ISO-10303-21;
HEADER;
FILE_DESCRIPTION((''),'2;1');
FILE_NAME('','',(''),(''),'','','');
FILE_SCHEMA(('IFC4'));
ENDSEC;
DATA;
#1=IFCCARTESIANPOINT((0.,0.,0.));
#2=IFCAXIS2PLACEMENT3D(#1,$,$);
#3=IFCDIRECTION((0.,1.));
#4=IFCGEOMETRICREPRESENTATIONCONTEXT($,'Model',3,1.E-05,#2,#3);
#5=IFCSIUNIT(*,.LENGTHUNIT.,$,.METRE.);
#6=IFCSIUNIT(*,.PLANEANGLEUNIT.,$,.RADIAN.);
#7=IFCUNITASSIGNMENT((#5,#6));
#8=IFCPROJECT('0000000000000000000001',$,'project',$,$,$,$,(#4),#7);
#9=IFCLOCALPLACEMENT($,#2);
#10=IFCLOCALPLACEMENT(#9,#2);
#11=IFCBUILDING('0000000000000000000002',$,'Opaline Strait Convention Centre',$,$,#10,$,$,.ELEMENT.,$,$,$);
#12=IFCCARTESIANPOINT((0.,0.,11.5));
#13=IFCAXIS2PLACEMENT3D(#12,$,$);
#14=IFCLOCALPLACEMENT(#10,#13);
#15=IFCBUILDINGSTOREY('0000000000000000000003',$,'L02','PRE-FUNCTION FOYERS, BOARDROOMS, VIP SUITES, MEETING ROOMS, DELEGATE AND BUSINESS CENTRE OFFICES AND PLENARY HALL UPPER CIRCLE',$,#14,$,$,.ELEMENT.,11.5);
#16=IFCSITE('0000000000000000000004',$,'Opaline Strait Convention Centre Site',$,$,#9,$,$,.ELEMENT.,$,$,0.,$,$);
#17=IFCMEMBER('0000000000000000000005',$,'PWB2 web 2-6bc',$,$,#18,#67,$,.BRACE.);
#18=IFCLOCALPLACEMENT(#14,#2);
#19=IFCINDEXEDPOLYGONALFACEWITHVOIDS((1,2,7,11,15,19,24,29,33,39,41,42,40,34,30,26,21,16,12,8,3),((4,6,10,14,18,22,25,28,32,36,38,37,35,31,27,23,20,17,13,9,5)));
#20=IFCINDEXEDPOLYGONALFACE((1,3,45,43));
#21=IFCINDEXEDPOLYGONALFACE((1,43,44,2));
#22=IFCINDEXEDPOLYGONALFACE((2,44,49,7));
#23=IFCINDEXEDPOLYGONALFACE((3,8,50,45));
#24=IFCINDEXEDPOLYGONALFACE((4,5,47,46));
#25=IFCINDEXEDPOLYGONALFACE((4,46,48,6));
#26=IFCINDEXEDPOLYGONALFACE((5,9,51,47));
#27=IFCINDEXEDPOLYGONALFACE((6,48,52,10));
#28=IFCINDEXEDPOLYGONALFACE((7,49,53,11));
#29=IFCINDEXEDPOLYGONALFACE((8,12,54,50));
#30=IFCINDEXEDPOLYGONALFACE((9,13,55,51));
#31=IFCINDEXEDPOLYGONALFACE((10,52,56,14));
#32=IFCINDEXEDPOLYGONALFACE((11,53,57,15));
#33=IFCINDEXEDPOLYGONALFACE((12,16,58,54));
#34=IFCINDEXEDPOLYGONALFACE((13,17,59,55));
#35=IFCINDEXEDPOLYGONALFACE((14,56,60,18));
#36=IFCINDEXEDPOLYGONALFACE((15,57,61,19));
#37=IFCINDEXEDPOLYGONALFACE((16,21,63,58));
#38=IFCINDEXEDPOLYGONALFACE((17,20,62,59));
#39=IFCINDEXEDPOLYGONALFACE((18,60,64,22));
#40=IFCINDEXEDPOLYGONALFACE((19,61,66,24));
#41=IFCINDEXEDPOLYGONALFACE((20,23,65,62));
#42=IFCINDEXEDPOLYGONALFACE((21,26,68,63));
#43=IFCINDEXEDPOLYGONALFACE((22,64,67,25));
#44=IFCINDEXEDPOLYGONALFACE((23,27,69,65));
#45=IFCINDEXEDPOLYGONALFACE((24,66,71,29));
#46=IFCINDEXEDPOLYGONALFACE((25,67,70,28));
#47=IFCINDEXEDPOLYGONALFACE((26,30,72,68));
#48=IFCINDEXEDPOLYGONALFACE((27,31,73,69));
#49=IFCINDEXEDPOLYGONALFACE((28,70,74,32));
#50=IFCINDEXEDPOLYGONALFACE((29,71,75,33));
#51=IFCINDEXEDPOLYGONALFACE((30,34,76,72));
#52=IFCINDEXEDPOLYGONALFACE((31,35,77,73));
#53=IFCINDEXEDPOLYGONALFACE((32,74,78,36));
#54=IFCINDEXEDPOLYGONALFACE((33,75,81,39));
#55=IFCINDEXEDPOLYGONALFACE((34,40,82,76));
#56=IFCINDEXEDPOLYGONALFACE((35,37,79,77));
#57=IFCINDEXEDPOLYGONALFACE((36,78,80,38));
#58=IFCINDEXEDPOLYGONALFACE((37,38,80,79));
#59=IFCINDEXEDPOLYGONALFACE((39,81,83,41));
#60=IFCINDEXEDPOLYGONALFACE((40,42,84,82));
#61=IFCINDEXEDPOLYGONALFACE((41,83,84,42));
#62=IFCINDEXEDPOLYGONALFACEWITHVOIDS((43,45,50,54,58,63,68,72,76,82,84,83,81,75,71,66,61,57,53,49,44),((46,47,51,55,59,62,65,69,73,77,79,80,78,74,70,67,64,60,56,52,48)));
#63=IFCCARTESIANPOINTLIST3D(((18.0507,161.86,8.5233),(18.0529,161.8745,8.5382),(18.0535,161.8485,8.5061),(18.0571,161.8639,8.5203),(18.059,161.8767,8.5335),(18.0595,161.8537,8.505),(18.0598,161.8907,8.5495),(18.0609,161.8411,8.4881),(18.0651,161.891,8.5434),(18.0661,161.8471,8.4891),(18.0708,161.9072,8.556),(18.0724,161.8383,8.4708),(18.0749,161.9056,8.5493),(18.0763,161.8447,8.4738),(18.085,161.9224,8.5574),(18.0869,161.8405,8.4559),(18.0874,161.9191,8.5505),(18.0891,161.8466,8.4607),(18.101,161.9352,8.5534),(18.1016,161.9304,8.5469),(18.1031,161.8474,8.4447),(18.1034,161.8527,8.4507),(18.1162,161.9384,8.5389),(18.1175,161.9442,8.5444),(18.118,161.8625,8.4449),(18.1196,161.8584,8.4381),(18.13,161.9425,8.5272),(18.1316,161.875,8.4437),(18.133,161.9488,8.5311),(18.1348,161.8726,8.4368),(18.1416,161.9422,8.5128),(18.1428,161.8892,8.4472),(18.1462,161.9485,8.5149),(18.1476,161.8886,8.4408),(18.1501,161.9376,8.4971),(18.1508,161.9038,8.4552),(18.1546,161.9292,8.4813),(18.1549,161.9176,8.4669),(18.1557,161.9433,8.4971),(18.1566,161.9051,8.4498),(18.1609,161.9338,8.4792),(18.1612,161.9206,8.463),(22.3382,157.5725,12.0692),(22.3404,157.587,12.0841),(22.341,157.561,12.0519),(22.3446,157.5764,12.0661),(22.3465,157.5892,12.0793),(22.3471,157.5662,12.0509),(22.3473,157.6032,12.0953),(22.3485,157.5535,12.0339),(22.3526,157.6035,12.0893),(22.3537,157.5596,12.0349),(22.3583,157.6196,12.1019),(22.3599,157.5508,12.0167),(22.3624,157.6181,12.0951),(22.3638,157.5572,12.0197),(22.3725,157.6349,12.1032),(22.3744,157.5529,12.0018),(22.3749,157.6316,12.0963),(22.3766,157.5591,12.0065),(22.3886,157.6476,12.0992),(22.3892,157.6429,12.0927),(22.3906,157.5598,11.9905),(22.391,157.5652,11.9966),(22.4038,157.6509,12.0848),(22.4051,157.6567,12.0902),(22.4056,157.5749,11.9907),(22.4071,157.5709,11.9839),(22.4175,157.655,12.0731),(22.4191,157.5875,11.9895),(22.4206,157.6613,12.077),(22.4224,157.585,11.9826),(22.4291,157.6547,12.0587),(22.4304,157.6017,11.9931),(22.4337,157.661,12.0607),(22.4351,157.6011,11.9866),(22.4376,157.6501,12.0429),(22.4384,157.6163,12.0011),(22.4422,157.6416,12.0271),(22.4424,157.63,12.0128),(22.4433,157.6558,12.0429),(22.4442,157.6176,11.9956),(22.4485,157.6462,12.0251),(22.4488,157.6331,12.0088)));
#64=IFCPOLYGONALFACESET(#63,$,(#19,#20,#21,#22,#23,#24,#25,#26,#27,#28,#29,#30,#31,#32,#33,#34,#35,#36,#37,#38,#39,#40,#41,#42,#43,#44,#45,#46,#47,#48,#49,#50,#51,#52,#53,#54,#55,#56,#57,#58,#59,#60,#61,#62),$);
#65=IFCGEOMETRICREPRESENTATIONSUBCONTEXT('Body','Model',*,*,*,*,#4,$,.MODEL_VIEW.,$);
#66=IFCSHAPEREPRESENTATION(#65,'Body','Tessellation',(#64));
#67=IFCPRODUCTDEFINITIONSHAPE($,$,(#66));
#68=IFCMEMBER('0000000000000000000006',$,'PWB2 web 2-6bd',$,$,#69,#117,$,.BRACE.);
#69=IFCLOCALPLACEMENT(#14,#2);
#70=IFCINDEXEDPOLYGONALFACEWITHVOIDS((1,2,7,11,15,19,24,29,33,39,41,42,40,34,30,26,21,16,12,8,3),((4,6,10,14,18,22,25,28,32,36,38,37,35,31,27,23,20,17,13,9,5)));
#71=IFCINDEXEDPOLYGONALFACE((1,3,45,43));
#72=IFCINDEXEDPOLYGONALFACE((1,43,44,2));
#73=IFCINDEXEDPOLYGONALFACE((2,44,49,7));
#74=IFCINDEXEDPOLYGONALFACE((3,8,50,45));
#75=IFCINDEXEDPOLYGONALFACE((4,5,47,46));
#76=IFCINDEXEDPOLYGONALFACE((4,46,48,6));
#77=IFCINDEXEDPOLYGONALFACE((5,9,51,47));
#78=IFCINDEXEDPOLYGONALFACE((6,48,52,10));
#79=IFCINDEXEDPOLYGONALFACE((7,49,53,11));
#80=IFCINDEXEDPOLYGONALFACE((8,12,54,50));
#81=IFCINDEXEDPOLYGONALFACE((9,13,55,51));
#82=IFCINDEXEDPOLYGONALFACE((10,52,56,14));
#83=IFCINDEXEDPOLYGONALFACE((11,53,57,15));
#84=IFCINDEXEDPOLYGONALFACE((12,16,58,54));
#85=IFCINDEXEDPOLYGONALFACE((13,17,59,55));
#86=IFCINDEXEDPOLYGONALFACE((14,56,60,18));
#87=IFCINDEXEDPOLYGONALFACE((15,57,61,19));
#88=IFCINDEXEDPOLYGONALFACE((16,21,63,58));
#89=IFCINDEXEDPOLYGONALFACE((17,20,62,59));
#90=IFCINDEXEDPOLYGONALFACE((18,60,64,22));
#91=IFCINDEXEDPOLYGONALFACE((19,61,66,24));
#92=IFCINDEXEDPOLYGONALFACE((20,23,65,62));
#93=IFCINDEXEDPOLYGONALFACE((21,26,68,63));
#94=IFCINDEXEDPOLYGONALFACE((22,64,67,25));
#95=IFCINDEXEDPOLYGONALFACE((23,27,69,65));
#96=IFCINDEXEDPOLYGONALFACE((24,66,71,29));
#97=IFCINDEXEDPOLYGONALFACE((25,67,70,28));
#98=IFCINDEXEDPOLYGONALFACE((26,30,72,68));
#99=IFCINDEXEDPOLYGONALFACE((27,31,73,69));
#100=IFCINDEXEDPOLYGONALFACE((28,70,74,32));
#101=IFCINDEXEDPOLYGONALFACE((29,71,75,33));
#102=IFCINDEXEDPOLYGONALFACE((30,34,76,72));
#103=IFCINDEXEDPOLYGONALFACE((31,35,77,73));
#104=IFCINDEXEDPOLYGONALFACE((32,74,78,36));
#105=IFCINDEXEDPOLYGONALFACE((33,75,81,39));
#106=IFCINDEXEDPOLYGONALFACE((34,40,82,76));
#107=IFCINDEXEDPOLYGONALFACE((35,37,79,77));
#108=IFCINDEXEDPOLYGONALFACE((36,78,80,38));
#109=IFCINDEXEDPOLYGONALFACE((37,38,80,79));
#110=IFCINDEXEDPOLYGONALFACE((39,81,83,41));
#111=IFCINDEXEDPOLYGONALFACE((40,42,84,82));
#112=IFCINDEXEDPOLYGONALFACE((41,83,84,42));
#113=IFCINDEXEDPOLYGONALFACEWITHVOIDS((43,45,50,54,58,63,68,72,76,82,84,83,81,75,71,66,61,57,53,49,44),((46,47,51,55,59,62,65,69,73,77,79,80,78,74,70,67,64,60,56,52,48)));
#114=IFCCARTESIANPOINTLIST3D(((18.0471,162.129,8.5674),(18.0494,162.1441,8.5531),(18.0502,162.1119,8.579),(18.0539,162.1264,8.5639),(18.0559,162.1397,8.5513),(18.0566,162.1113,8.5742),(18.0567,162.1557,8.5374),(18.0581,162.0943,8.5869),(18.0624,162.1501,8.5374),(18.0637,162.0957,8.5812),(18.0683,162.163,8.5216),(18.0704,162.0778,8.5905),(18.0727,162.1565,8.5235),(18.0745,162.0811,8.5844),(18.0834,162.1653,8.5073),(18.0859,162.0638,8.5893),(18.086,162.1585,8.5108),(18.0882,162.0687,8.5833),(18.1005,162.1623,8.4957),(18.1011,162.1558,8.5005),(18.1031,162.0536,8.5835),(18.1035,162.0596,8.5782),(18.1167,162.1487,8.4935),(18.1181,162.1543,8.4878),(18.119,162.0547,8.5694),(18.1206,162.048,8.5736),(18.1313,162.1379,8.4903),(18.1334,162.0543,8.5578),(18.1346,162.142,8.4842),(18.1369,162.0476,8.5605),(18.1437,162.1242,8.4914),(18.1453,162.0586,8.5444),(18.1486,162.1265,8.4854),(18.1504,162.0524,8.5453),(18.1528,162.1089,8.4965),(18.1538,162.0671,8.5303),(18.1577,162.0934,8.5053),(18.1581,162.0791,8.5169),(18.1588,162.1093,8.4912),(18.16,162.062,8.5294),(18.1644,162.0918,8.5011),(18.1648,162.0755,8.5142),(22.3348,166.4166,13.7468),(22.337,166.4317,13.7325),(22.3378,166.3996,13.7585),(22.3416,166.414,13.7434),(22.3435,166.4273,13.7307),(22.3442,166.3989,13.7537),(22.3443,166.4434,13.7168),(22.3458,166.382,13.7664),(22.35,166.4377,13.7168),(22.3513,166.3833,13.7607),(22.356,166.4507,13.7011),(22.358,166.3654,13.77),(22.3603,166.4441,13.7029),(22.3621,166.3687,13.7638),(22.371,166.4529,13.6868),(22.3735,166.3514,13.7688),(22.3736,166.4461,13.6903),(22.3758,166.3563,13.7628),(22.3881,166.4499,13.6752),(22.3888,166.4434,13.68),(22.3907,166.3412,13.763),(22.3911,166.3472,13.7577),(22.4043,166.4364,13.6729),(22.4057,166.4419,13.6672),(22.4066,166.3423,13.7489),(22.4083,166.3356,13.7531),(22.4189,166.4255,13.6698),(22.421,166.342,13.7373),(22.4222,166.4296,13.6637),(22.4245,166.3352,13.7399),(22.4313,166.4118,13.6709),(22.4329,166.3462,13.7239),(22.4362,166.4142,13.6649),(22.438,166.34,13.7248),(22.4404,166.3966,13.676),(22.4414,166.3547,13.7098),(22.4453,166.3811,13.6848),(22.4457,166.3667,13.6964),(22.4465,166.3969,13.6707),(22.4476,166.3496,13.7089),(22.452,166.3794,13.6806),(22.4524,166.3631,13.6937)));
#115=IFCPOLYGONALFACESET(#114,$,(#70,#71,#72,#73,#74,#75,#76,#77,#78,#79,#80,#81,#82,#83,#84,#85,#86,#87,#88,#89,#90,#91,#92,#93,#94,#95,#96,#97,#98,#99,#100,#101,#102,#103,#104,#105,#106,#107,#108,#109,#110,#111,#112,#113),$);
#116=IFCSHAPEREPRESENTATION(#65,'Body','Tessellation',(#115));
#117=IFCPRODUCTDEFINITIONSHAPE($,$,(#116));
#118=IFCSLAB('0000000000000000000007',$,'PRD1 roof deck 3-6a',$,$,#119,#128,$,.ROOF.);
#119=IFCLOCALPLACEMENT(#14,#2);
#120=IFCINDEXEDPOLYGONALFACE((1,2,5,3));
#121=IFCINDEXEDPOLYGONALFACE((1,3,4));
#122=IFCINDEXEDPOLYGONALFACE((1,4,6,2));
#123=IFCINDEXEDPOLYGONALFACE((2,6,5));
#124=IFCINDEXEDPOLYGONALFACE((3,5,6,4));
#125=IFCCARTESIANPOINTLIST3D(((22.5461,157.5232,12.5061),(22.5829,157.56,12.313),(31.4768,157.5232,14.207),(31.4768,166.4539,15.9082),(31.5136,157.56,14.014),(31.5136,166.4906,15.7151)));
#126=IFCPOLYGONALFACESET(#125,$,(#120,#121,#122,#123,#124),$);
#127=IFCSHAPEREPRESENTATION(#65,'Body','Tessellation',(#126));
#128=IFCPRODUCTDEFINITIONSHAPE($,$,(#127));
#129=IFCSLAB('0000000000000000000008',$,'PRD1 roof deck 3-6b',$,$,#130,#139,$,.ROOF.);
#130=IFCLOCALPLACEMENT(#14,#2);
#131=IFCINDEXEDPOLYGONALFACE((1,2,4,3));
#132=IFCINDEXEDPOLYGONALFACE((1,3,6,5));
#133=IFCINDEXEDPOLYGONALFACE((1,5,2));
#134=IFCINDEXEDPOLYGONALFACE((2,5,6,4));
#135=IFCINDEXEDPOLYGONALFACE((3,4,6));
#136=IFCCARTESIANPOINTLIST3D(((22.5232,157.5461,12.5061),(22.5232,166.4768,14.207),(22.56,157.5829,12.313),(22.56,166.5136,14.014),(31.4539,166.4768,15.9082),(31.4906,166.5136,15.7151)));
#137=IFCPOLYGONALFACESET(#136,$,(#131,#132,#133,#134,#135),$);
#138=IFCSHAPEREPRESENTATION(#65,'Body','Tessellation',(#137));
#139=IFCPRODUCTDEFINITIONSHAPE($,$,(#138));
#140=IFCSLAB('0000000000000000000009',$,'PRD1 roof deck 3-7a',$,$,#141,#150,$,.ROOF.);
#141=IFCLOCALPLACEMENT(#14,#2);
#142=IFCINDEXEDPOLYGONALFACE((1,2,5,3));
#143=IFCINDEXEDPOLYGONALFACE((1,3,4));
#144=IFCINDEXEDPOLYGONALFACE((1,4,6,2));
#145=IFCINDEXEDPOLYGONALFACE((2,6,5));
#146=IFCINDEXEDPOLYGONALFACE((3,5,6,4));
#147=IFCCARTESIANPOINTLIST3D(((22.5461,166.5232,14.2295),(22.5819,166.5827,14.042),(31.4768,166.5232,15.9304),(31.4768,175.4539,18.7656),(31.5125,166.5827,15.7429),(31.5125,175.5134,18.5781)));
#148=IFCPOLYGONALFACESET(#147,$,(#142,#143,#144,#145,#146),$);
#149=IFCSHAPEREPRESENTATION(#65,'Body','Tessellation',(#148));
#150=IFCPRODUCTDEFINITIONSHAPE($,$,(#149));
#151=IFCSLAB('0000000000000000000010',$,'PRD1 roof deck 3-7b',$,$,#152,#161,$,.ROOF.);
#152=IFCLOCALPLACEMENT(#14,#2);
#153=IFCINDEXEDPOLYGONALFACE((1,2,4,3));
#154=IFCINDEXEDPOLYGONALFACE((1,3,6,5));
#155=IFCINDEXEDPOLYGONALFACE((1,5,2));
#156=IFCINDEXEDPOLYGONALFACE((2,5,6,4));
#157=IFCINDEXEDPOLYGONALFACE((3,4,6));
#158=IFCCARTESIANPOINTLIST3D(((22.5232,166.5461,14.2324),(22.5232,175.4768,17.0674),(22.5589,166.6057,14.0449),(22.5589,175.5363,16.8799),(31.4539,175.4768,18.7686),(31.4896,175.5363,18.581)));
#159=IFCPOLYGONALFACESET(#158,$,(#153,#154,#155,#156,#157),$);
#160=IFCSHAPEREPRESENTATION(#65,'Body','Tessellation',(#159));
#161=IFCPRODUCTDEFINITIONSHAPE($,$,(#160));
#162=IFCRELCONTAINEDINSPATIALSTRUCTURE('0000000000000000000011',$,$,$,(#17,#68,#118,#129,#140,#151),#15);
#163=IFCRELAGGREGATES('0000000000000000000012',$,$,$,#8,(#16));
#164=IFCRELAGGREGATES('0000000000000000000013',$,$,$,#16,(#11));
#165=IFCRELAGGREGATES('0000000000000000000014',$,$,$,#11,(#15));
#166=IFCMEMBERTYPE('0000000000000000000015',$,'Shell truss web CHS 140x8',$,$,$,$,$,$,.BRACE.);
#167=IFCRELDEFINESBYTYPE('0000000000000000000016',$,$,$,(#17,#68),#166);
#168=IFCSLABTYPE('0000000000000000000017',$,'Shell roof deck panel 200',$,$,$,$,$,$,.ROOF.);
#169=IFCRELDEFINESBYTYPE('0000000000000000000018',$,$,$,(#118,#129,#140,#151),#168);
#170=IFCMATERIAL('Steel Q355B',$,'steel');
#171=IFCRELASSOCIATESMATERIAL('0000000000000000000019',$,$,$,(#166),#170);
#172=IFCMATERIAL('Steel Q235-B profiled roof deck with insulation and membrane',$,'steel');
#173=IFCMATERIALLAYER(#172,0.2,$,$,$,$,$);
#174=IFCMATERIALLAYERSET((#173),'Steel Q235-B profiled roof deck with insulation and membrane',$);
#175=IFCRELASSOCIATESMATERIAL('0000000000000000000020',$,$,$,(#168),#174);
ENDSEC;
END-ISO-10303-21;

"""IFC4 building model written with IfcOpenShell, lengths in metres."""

from ifc_helpers import new_model, si_unit, direction, frame, origin, origin_2d, place, context, subcontext, project, spatial, polyline, hollow_circle, outline, extrude, material, layer, layer_set, material_profile, profile_set, type_object, element, save


model = new_model("IFC4")

# Units and contexts
model_context = context("Model", 3, precision=1e-05, world=origin(), true_north=direction((0.0, 1.0)))
body_context = subcontext(model_context, "Body", "Model", "MODEL_VIEW")
ifc_project = project(units=[si_unit("LENGTHUNIT", "METRE"), si_unit("PLANEANGLEUNIT", "RADIAN")], contexts=[model_context])

# Site, building, storey
site_placement = place(None, origin())
site = spatial("IfcSite", under=ifc_project, at=site_placement, Name="Opaline Strait Convention Centre Site", CompositionType="ELEMENT", RefElevation=0.0)
building_placement = place(site_placement, origin())
building = spatial("IfcBuilding", under=site, at=building_placement, Name="Opaline Strait Convention Centre", CompositionType="ELEMENT")
storey_placement = place(building_placement, frame((0.0, 0.0, 11.5)))
storey = spatial("IfcBuildingStorey", under=building, at=storey_placement, Name="L02", Description="PRE-FUNCTION FOYERS, BOARDROOMS, VIP SUITES, MEETING ROOMS, DELEGATE AND BUSINESS CENTRE OFFICES AND PLENARY HALL UPPER CIRCLE", CompositionType="ELEMENT", Elevation=11.5)

# Members
ifc_material_1 = material(Name="Steel Q355B", Category="steel")
ifc_material_profile_1 = material_profile(ifc_material_1, hollow_circle(Radius=0.0701, WallThickness=0.0081, at=origin_2d()), Name="CHS 140x8")
ifc_profile_set_1 = profile_set([ifc_material_profile_1], Name="Steel Q355B")
member_type_1 = type_object("IfcMemberType", Name="Shell truss web CHS 140x8", PredefinedType="BRACE", material=ifc_profile_set_1)
member_1_placement = place(storey_placement, frame((18.1062, 161.8938, 8.4971), z_axis=(0.610398, -0.610398, 0.504807), x_axis=(0.707107, 0.707107, 0.0)))
element("IfcMember", 1, at=member_1_placement, inside=storey, type_object=member_type_1, Name="PWB2 web 2-6bc", PredefinedType="BRACE", context=body_context, shape_type="SweptSolid", body=[
    extrude(hollow_circle(Radius=0.0701, WallThickness=0.0081, at=origin_2d()), origin(), (0.0, 0.0, 1.0), 7.0242),
])
member_2_placement = place(storey_placement, frame((18.1062, 162.1062, 8.5374), z_axis=(0.537659, 0.537659, 0.649496), x_axis=(-0.707107, 0.707107, 0.0)))
element("IfcMember", 2, at=member_2_placement, inside=storey, type_object=member_type_1, Name="PWB2 web 2-6bd", PredefinedType="BRACE", context=body_context, shape_type="SweptSolid", body=[
    extrude(hollow_circle(Radius=0.0701, WallThickness=0.0081, at=origin_2d()), origin(), (0.0, 0.0, 1.0), 7.9746),
])

# Slabs
ifc_material_2 = material(Name="Steel Q235-B profiled roof deck with insulation and membrane", Category="steel")
ifc_layer = layer(ifc_material_2, 0.2)
ifc_layer_set = layer_set([ifc_layer], Name="Steel Q235-B profiled roof deck with insulation and membrane")
slab_type = type_object("IfcSlabType", Name="Shell roof deck panel 200", PredefinedType="ROOF", material=ifc_layer_set)
slab_1_placement = place(storey_placement, frame((22.5461, 157.5232, 12.5061), z_axis=(-0.183904, -0.18393, 0.965582), x_axis=(0.982342, 0.0, 0.187096)))
element("IfcSlab", 3, at=slab_1_placement, inside=storey, type_object=slab_type, Name="PRD1 roof deck 3-6a", PredefinedType="ROOF", context=body_context, shape_type="SweptSolid", body=[
    extrude(outline(polyline([(0.0, 0.0), (9.0912, 0.0), (9.4095, 9.0857), (0.0, 0.0)])), origin(), (0.0, 0.0, -1.0), 0.2),
])
slab_2_placement = place(storey_placement, frame((22.5232, 157.5461, 12.5061), z_axis=(-0.18393, -0.183904, 0.965582), x_axis=(0.68277, 0.68277, 0.260098)))
element("IfcSlab", 4, at=slab_2_placement, inside=storey, type_object=slab_type, Name="PRD1 roof deck 3-6b", PredefinedType="ROOF", context=body_context, shape_type="SweptSolid", body=[
    extrude(outline(polyline([(0.0, 0.0), (13.0801, 0.0), (6.54, 6.3149), (0.0, 0.0)])), origin(), (0.0, 0.0, -1.0), 0.2),
])
slab_3_placement = place(storey_placement, frame((22.5461, 166.5232, 14.2295), z_axis=(-0.178612, -0.297721, 0.937795), x_axis=(0.982342, 0.0, 0.187096)))
element("IfcSlab", 5, at=slab_3_placement, inside=storey, type_object=slab_type, Name="PRD1 roof deck 3-7a", PredefinedType="ROOF", context=body_context, shape_type="SweptSolid", body=[
    extrude(outline(polyline([(0.0, 0.0), (9.0912, 0.0), (9.6217, 9.3549), (0.0, 0.0)])), origin(), (0.0, 0.0, -1.0), 0.2),
])
slab_4_placement = place(storey_placement, frame((22.5232, 166.5461, 14.2324), z_axis=(-0.178638, -0.297696, 0.937798), x_axis=(0.665486, 0.665486, 0.338019)))
element("IfcSlab", 6, at=slab_4_placement, inside=storey, type_object=slab_type, Name="PRD1 roof deck 3-7b", PredefinedType="ROOF", context=body_context, shape_type="SweptSolid", body=[
    extrude(outline(polyline([(0.0, 0.0), (13.4198, 0.0), (6.9015, 6.3374), (0.0, 0.0)])), origin(), (0.0, 0.0, -1.0), 0.2),
])

save(model, "model.ifc")
